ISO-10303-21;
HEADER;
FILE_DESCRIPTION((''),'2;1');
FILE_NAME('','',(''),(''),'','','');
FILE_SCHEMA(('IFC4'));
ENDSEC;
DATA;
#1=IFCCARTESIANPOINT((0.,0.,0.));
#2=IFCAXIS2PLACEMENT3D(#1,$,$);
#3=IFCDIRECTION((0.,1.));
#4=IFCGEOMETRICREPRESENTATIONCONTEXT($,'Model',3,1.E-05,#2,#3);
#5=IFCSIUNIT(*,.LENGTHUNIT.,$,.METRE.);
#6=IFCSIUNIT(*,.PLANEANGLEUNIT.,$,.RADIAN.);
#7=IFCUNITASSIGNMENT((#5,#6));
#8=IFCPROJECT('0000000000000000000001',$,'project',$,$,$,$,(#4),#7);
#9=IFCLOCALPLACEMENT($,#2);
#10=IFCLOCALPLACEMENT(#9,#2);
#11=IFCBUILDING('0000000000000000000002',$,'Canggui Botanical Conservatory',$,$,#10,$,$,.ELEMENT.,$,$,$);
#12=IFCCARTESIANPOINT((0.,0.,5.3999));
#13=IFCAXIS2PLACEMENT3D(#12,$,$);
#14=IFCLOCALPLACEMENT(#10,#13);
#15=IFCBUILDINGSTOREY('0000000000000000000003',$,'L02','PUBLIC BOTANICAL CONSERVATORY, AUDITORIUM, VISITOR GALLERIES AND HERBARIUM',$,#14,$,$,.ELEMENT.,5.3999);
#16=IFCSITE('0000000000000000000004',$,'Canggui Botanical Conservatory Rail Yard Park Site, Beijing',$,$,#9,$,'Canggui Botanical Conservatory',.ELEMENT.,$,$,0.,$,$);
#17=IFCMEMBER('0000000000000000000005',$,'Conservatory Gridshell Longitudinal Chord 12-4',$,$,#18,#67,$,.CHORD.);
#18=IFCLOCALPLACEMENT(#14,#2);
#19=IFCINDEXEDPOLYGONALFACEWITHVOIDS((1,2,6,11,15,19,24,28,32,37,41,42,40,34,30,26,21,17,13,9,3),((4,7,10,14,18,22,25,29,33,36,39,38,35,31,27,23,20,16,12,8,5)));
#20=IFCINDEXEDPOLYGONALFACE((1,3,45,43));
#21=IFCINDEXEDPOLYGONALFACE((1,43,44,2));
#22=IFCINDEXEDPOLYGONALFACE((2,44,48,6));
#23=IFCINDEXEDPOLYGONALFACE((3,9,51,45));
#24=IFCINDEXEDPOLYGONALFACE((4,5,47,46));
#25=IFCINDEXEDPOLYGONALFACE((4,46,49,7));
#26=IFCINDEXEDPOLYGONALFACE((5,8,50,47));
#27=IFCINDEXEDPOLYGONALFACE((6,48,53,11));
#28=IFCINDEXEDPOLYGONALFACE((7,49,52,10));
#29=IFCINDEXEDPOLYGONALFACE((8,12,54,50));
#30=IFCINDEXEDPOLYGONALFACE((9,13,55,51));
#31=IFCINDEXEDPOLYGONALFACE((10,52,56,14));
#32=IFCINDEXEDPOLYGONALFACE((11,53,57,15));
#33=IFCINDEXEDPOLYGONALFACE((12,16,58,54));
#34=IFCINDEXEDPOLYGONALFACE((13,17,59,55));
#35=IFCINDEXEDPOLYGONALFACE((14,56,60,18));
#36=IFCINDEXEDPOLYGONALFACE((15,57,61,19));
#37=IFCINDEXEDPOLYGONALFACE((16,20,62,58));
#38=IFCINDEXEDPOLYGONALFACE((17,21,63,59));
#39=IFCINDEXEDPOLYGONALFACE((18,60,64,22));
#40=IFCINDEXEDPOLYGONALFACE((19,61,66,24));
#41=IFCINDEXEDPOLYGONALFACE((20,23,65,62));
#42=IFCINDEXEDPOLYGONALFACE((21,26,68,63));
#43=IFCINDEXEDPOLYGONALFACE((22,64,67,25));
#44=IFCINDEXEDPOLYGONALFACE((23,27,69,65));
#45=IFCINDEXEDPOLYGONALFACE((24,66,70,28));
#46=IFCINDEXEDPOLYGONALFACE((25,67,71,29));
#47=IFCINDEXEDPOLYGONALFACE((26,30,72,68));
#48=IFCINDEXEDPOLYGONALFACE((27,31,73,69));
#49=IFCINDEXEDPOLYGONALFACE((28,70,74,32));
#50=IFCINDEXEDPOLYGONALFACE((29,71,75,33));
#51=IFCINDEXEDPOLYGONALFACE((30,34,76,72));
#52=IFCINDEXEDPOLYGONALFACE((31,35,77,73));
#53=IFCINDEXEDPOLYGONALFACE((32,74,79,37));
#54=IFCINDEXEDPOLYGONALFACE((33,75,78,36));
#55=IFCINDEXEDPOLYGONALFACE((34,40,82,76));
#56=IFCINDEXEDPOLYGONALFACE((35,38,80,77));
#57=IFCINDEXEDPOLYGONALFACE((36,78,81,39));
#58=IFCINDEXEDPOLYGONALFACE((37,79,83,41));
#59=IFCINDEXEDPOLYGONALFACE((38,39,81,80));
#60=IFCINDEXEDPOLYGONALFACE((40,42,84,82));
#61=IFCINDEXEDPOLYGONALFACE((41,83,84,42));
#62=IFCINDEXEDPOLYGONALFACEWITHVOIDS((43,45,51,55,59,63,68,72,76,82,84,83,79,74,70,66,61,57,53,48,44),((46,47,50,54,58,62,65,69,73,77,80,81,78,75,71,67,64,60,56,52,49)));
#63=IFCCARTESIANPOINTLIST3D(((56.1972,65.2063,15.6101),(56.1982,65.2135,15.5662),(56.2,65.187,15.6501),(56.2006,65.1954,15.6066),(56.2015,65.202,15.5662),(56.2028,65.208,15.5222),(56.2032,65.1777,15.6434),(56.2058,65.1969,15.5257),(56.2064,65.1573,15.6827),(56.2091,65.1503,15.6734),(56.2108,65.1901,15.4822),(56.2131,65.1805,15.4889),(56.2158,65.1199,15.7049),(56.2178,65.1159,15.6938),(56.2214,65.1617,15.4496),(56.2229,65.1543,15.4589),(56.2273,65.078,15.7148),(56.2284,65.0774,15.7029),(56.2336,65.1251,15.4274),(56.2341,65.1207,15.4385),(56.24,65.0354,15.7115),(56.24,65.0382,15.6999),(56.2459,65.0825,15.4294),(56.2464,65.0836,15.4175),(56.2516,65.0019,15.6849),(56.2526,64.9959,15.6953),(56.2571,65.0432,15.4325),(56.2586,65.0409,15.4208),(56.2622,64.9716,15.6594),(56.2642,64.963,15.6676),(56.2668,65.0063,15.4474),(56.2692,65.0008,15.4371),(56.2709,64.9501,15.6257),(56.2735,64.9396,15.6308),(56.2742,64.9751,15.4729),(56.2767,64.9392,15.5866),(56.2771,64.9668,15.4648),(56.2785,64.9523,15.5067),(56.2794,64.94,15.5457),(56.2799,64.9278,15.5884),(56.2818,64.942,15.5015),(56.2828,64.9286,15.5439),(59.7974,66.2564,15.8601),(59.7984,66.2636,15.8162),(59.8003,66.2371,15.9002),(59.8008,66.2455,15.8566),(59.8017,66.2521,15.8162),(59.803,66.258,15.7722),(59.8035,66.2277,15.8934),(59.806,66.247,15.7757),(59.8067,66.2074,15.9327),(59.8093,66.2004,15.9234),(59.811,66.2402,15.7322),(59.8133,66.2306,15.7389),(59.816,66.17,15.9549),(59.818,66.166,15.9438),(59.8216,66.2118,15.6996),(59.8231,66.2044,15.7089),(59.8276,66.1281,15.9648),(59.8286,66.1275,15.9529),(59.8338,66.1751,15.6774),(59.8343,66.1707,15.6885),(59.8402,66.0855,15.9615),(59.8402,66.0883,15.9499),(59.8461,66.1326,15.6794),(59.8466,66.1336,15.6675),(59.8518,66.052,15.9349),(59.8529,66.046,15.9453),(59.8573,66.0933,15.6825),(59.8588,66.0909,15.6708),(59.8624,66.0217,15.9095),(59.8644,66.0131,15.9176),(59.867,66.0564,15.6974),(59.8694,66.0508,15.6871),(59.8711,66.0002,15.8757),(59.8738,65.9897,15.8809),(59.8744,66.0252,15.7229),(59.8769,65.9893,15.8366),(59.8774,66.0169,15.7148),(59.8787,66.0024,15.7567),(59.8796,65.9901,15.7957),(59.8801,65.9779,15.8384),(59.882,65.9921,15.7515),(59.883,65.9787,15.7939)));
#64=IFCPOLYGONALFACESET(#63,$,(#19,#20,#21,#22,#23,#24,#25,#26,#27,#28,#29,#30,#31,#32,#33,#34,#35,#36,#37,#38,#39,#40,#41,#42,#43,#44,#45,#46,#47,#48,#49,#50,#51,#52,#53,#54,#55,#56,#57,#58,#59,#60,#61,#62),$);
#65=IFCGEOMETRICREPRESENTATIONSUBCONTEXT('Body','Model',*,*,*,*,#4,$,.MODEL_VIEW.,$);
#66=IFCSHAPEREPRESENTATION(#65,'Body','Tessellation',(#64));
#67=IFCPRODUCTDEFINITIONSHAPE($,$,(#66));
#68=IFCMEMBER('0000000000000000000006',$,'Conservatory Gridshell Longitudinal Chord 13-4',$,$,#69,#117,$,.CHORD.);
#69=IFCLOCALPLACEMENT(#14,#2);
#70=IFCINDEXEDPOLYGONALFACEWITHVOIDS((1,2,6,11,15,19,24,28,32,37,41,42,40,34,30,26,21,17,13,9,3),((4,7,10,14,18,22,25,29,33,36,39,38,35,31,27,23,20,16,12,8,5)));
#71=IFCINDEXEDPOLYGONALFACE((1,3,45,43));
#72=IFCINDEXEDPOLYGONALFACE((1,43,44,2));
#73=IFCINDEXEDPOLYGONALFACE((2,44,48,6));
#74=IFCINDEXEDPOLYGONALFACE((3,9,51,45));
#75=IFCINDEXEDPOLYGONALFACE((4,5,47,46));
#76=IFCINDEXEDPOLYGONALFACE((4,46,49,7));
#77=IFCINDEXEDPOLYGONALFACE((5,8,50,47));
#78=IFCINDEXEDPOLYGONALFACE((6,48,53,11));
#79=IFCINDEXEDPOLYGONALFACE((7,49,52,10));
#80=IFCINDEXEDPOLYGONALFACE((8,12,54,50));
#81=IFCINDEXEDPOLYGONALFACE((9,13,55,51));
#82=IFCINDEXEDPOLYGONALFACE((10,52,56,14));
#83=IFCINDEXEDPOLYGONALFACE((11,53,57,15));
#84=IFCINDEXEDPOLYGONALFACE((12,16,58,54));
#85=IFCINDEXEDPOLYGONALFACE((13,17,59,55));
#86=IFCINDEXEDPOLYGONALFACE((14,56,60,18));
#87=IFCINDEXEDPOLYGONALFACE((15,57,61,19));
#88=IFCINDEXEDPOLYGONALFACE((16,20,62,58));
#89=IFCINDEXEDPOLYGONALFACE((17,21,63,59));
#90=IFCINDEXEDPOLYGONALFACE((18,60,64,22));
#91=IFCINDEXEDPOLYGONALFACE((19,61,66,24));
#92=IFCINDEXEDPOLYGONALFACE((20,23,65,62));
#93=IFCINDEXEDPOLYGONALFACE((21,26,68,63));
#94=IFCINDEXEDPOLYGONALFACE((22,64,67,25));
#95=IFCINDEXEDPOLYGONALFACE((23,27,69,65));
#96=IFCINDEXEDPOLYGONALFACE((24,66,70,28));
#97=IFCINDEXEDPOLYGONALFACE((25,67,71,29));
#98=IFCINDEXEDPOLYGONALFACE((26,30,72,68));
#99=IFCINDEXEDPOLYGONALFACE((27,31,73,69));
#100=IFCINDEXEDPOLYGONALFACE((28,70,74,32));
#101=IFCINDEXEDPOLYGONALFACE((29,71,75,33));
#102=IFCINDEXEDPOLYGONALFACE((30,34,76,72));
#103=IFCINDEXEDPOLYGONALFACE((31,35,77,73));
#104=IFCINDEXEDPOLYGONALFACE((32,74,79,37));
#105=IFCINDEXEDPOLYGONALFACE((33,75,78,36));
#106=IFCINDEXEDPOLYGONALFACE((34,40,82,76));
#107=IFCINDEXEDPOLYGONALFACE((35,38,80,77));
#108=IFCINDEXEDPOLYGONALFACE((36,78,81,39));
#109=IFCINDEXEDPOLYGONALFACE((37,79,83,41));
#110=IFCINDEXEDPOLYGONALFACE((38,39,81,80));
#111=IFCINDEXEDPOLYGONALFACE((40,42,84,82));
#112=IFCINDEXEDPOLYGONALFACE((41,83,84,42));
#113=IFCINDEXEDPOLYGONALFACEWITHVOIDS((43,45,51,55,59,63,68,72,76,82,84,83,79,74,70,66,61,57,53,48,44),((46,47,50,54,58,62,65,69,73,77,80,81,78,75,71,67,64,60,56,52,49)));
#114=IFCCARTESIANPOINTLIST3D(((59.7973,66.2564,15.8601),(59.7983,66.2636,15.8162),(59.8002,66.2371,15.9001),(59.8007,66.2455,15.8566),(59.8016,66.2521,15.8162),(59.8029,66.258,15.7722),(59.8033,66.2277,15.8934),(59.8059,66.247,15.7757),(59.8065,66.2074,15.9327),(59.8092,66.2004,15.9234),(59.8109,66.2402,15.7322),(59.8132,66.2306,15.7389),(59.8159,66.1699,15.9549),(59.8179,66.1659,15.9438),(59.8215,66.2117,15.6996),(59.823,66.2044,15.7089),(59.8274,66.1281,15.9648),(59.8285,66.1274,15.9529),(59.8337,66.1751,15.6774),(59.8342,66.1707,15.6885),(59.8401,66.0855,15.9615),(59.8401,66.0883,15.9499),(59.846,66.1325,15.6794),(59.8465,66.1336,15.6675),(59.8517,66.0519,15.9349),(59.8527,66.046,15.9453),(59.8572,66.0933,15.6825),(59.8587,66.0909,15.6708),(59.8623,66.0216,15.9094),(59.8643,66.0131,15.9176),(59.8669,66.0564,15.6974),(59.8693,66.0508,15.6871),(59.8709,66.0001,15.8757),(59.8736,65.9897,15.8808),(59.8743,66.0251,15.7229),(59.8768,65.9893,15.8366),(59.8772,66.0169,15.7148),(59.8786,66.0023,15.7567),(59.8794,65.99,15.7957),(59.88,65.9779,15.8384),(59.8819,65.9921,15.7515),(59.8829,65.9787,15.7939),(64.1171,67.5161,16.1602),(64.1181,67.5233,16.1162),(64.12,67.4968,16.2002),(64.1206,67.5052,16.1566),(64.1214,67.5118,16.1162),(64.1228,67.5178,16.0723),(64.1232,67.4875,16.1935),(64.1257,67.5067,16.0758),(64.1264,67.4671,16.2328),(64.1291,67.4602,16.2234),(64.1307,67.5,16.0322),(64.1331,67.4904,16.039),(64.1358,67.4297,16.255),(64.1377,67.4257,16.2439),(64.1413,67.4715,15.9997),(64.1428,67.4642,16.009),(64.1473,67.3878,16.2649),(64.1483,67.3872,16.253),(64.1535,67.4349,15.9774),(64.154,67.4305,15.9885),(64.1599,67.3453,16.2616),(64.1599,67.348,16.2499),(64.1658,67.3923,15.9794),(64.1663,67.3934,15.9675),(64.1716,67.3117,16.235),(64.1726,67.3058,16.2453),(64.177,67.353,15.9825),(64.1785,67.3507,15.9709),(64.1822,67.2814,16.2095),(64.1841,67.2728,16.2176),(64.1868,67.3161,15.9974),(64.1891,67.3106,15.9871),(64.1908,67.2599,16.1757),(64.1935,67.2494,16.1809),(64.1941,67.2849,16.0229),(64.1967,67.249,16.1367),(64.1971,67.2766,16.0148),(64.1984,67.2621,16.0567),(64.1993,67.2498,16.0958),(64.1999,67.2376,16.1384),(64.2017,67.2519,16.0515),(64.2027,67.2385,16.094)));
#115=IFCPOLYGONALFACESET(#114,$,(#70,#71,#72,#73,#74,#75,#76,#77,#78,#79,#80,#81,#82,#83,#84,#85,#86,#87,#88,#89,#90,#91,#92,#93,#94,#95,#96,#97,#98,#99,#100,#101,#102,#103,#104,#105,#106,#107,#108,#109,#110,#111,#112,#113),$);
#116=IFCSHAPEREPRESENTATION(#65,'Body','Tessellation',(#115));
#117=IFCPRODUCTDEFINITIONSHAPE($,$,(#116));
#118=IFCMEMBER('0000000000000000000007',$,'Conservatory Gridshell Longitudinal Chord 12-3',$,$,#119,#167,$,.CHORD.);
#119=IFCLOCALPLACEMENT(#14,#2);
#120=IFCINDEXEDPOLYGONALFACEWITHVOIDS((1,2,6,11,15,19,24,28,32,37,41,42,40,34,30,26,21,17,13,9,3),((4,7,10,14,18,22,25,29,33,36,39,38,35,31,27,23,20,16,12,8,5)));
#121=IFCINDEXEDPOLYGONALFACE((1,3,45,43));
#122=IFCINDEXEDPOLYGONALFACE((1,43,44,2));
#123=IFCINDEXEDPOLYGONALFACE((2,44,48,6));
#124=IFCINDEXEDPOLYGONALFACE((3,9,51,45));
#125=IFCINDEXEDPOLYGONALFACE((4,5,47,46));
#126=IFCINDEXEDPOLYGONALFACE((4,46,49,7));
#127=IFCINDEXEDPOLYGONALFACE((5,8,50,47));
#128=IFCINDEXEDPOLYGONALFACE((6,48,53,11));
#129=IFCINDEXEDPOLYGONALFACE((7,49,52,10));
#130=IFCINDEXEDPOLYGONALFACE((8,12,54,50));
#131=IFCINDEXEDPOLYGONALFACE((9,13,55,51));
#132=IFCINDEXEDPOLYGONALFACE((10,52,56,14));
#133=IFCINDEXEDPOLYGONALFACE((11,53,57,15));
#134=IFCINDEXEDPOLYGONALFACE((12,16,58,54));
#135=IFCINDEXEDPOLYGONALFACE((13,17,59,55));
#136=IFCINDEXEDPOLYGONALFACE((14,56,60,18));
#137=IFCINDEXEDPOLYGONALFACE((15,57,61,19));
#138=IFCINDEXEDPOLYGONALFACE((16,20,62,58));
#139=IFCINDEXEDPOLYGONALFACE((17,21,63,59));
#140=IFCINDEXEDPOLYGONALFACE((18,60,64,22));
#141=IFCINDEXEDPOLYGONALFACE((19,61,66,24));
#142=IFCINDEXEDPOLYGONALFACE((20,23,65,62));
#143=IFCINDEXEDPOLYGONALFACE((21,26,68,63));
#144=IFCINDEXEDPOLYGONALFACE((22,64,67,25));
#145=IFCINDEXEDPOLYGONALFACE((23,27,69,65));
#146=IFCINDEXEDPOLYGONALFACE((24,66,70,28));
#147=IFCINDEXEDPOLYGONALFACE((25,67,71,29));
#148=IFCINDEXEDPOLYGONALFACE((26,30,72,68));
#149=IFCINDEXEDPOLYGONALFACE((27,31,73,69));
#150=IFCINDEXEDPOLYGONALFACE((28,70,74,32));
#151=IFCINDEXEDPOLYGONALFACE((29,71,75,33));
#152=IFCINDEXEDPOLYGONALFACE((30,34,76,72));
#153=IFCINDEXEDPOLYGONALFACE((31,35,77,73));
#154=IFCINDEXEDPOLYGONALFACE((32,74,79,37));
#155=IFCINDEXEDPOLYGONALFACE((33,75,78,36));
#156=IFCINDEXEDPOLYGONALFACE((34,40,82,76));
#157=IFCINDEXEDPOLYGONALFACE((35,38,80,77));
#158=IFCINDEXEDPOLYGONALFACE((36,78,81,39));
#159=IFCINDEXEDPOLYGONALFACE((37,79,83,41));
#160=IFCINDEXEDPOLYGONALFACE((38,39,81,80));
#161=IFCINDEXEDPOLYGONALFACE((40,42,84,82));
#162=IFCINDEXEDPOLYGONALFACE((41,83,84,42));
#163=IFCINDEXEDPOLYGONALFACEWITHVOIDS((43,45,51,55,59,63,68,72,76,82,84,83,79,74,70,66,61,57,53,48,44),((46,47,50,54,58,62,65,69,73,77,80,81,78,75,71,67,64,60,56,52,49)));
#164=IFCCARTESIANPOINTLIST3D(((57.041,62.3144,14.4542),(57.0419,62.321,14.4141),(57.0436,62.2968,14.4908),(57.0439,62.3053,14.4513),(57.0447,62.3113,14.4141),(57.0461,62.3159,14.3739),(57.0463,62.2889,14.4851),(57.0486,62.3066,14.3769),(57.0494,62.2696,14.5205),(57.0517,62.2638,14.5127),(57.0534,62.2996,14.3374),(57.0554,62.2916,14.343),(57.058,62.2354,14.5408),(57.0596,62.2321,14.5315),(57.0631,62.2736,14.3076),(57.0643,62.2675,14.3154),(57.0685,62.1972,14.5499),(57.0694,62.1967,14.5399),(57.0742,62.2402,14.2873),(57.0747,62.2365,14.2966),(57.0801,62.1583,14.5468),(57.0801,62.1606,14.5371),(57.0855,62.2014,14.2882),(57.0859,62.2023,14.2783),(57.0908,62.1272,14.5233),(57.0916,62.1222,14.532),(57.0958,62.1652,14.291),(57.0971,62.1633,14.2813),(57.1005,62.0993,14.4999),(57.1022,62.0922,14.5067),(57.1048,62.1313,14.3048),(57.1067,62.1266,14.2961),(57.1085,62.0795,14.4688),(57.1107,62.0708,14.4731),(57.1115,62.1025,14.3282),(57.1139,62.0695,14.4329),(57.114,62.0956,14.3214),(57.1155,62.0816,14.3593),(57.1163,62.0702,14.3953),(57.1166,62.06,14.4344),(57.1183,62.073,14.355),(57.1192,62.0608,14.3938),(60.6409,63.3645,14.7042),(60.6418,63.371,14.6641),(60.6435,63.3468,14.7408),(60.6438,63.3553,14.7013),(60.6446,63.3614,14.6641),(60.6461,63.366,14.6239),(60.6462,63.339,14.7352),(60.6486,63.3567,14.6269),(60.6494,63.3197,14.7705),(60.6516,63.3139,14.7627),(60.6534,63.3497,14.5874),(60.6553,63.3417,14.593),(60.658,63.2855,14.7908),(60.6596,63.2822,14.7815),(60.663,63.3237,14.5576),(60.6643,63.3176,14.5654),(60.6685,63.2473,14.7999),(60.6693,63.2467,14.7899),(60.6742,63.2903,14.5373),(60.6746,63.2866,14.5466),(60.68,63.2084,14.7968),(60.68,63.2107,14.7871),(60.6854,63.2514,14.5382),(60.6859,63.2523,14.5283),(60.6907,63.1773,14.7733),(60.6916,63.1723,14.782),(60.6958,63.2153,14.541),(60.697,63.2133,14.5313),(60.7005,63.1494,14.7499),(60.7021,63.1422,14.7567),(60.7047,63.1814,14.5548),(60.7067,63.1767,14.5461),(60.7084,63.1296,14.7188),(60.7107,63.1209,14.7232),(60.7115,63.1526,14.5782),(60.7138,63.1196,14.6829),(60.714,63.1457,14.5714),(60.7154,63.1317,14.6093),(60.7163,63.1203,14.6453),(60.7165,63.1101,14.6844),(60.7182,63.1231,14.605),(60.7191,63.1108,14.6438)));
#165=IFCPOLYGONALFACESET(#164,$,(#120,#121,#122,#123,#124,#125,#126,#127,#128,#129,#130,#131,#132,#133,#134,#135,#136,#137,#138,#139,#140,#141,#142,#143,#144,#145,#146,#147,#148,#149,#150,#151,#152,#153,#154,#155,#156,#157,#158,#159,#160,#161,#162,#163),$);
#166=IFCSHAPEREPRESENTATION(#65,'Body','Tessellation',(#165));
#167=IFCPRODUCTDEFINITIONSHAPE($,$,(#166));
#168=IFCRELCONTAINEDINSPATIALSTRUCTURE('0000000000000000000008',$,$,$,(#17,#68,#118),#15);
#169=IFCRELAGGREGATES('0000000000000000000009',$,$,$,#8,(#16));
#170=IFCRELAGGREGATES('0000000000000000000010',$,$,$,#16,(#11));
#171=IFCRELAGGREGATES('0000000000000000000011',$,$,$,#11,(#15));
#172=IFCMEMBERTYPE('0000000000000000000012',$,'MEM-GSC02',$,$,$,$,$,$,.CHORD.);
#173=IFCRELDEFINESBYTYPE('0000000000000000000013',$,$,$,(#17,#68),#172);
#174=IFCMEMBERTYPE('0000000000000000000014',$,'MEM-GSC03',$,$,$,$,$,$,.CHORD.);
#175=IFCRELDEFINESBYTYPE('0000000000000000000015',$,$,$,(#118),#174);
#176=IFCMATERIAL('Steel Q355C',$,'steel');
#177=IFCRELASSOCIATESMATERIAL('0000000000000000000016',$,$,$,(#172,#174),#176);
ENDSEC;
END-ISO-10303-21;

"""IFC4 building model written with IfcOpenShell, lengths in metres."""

from ifc_helpers import new_model, si_unit, direction, frame, origin, origin_2d, place, context, subcontext, project, spatial, hollow_circle, extrude, material, material_profile, profile_set, type_object, element, save


model = new_model("IFC4")

# Units and contexts
model_context = context("Model", 3, precision=1e-05, world=origin(), true_north=direction((0.0, 1.0)))
body_context = subcontext(model_context, "Body", "Model", "MODEL_VIEW")
ifc_project = project(units=[si_unit("LENGTHUNIT", "METRE"), si_unit("PLANEANGLEUNIT", "RADIAN")], contexts=[model_context])

# Site, building, storey
site_placement = place(None, origin())
site = spatial("IfcSite", under=ifc_project, at=site_placement, Name="Canggui Botanical Conservatory Rail Yard Park Site, Beijing", LongName="Canggui Botanical Conservatory", CompositionType="ELEMENT", RefElevation=0.0)
building_placement = place(site_placement, origin())
building = spatial("IfcBuilding", under=site, at=building_placement, Name="Canggui Botanical Conservatory", CompositionType="ELEMENT")
storey_placement = place(building_placement, frame((0.0, 0.0, 5.3999)))
storey = spatial("IfcBuildingStorey", under=building, at=storey_placement, Name="L02", Description="PUBLIC BOTANICAL CONSERVATORY, AUDITORIUM, VISITOR GALLERIES AND HERBARIUM", CompositionType="ELEMENT", Elevation=5.3999)

# Shared definitions
ifc_material_1 = material(Name="Steel Q355C", Category="steel")

# Members
ifc_material_profile_1 = material_profile(ifc_material_1, hollow_circle(Radius=0.1494, WallThickness=0.012, at=origin_2d()), Name="CHS 299x12")
ifc_profile_set_1 = profile_set([ifc_material_profile_1], Name="Steel Q355C")
member_type_1 = type_object("IfcMemberType", Name="MEM-GSC02", PredefinedType="CHORD", material=ifc_profile_set_1)
member_1_placement = place(storey_placement, frame((56.24, 65.0701, 15.5662), z_axis=(0.957872, 0.279385, 0.066517), x_axis=(-0.280005, 0.959999, 0.0)))
element("IfcMember", 1, at=member_1_placement, inside=storey, type_object=member_type_1, Name="Conservatory Gridshell Longitudinal Chord 12-4", PredefinedType="CHORD", context=body_context, shape_type="SweptSolid", body=[
    extrude(hollow_circle(Radius=0.1494, WallThickness=0.012, at=origin_2d()), origin(), (0.0, 0.0, 1.0), 3.7585),
])
member_2_placement = place(storey_placement, frame((59.8401, 66.1201, 15.8162), z_axis=(0.957884, 0.279342, 0.066533), x_axis=(-0.279962, 0.960011, 0.0)))
element("IfcMember", 2, at=member_2_placement, inside=storey, type_object=member_type_1, Name="Conservatory Gridshell Longitudinal Chord 13-4", PredefinedType="CHORD", context=body_context, shape_type="SweptSolid", body=[
    extrude(hollow_circle(Radius=0.1494, WallThickness=0.012, at=origin_2d()), origin(), (0.0, 0.0, 1.0), 4.5098),
])
ifc_material_profile_2 = material_profile(ifc_material_1, hollow_circle(Radius=0.1365, WallThickness=0.01, at=origin_2d()), Name="CHS 273x10")
ifc_profile_set_2 = profile_set([ifc_material_profile_2], Name="Steel Q355C")
member_type_2 = type_object("IfcMemberType", Name="MEM-GSC03", PredefinedType="CHORD", material=ifc_profile_set_2)
member_3_placement = place(storey_placement, frame((57.0801, 62.1899, 14.4141), z_axis=(0.957867, 0.279402, 0.066521), x_axis=(-0.280023, 0.959993, 0.0)))
element("IfcMember", 3, at=member_3_placement, inside=storey, type_object=member_type_2, Name="Conservatory Gridshell Longitudinal Chord 12-3", PredefinedType="CHORD", context=body_context, shape_type="SweptSolid", body=[
    extrude(hollow_circle(Radius=0.1365, WallThickness=0.01, at=origin_2d()), origin(), (0.0, 0.0, 1.0), 3.7583),
])

save(model, "model.ifc")
